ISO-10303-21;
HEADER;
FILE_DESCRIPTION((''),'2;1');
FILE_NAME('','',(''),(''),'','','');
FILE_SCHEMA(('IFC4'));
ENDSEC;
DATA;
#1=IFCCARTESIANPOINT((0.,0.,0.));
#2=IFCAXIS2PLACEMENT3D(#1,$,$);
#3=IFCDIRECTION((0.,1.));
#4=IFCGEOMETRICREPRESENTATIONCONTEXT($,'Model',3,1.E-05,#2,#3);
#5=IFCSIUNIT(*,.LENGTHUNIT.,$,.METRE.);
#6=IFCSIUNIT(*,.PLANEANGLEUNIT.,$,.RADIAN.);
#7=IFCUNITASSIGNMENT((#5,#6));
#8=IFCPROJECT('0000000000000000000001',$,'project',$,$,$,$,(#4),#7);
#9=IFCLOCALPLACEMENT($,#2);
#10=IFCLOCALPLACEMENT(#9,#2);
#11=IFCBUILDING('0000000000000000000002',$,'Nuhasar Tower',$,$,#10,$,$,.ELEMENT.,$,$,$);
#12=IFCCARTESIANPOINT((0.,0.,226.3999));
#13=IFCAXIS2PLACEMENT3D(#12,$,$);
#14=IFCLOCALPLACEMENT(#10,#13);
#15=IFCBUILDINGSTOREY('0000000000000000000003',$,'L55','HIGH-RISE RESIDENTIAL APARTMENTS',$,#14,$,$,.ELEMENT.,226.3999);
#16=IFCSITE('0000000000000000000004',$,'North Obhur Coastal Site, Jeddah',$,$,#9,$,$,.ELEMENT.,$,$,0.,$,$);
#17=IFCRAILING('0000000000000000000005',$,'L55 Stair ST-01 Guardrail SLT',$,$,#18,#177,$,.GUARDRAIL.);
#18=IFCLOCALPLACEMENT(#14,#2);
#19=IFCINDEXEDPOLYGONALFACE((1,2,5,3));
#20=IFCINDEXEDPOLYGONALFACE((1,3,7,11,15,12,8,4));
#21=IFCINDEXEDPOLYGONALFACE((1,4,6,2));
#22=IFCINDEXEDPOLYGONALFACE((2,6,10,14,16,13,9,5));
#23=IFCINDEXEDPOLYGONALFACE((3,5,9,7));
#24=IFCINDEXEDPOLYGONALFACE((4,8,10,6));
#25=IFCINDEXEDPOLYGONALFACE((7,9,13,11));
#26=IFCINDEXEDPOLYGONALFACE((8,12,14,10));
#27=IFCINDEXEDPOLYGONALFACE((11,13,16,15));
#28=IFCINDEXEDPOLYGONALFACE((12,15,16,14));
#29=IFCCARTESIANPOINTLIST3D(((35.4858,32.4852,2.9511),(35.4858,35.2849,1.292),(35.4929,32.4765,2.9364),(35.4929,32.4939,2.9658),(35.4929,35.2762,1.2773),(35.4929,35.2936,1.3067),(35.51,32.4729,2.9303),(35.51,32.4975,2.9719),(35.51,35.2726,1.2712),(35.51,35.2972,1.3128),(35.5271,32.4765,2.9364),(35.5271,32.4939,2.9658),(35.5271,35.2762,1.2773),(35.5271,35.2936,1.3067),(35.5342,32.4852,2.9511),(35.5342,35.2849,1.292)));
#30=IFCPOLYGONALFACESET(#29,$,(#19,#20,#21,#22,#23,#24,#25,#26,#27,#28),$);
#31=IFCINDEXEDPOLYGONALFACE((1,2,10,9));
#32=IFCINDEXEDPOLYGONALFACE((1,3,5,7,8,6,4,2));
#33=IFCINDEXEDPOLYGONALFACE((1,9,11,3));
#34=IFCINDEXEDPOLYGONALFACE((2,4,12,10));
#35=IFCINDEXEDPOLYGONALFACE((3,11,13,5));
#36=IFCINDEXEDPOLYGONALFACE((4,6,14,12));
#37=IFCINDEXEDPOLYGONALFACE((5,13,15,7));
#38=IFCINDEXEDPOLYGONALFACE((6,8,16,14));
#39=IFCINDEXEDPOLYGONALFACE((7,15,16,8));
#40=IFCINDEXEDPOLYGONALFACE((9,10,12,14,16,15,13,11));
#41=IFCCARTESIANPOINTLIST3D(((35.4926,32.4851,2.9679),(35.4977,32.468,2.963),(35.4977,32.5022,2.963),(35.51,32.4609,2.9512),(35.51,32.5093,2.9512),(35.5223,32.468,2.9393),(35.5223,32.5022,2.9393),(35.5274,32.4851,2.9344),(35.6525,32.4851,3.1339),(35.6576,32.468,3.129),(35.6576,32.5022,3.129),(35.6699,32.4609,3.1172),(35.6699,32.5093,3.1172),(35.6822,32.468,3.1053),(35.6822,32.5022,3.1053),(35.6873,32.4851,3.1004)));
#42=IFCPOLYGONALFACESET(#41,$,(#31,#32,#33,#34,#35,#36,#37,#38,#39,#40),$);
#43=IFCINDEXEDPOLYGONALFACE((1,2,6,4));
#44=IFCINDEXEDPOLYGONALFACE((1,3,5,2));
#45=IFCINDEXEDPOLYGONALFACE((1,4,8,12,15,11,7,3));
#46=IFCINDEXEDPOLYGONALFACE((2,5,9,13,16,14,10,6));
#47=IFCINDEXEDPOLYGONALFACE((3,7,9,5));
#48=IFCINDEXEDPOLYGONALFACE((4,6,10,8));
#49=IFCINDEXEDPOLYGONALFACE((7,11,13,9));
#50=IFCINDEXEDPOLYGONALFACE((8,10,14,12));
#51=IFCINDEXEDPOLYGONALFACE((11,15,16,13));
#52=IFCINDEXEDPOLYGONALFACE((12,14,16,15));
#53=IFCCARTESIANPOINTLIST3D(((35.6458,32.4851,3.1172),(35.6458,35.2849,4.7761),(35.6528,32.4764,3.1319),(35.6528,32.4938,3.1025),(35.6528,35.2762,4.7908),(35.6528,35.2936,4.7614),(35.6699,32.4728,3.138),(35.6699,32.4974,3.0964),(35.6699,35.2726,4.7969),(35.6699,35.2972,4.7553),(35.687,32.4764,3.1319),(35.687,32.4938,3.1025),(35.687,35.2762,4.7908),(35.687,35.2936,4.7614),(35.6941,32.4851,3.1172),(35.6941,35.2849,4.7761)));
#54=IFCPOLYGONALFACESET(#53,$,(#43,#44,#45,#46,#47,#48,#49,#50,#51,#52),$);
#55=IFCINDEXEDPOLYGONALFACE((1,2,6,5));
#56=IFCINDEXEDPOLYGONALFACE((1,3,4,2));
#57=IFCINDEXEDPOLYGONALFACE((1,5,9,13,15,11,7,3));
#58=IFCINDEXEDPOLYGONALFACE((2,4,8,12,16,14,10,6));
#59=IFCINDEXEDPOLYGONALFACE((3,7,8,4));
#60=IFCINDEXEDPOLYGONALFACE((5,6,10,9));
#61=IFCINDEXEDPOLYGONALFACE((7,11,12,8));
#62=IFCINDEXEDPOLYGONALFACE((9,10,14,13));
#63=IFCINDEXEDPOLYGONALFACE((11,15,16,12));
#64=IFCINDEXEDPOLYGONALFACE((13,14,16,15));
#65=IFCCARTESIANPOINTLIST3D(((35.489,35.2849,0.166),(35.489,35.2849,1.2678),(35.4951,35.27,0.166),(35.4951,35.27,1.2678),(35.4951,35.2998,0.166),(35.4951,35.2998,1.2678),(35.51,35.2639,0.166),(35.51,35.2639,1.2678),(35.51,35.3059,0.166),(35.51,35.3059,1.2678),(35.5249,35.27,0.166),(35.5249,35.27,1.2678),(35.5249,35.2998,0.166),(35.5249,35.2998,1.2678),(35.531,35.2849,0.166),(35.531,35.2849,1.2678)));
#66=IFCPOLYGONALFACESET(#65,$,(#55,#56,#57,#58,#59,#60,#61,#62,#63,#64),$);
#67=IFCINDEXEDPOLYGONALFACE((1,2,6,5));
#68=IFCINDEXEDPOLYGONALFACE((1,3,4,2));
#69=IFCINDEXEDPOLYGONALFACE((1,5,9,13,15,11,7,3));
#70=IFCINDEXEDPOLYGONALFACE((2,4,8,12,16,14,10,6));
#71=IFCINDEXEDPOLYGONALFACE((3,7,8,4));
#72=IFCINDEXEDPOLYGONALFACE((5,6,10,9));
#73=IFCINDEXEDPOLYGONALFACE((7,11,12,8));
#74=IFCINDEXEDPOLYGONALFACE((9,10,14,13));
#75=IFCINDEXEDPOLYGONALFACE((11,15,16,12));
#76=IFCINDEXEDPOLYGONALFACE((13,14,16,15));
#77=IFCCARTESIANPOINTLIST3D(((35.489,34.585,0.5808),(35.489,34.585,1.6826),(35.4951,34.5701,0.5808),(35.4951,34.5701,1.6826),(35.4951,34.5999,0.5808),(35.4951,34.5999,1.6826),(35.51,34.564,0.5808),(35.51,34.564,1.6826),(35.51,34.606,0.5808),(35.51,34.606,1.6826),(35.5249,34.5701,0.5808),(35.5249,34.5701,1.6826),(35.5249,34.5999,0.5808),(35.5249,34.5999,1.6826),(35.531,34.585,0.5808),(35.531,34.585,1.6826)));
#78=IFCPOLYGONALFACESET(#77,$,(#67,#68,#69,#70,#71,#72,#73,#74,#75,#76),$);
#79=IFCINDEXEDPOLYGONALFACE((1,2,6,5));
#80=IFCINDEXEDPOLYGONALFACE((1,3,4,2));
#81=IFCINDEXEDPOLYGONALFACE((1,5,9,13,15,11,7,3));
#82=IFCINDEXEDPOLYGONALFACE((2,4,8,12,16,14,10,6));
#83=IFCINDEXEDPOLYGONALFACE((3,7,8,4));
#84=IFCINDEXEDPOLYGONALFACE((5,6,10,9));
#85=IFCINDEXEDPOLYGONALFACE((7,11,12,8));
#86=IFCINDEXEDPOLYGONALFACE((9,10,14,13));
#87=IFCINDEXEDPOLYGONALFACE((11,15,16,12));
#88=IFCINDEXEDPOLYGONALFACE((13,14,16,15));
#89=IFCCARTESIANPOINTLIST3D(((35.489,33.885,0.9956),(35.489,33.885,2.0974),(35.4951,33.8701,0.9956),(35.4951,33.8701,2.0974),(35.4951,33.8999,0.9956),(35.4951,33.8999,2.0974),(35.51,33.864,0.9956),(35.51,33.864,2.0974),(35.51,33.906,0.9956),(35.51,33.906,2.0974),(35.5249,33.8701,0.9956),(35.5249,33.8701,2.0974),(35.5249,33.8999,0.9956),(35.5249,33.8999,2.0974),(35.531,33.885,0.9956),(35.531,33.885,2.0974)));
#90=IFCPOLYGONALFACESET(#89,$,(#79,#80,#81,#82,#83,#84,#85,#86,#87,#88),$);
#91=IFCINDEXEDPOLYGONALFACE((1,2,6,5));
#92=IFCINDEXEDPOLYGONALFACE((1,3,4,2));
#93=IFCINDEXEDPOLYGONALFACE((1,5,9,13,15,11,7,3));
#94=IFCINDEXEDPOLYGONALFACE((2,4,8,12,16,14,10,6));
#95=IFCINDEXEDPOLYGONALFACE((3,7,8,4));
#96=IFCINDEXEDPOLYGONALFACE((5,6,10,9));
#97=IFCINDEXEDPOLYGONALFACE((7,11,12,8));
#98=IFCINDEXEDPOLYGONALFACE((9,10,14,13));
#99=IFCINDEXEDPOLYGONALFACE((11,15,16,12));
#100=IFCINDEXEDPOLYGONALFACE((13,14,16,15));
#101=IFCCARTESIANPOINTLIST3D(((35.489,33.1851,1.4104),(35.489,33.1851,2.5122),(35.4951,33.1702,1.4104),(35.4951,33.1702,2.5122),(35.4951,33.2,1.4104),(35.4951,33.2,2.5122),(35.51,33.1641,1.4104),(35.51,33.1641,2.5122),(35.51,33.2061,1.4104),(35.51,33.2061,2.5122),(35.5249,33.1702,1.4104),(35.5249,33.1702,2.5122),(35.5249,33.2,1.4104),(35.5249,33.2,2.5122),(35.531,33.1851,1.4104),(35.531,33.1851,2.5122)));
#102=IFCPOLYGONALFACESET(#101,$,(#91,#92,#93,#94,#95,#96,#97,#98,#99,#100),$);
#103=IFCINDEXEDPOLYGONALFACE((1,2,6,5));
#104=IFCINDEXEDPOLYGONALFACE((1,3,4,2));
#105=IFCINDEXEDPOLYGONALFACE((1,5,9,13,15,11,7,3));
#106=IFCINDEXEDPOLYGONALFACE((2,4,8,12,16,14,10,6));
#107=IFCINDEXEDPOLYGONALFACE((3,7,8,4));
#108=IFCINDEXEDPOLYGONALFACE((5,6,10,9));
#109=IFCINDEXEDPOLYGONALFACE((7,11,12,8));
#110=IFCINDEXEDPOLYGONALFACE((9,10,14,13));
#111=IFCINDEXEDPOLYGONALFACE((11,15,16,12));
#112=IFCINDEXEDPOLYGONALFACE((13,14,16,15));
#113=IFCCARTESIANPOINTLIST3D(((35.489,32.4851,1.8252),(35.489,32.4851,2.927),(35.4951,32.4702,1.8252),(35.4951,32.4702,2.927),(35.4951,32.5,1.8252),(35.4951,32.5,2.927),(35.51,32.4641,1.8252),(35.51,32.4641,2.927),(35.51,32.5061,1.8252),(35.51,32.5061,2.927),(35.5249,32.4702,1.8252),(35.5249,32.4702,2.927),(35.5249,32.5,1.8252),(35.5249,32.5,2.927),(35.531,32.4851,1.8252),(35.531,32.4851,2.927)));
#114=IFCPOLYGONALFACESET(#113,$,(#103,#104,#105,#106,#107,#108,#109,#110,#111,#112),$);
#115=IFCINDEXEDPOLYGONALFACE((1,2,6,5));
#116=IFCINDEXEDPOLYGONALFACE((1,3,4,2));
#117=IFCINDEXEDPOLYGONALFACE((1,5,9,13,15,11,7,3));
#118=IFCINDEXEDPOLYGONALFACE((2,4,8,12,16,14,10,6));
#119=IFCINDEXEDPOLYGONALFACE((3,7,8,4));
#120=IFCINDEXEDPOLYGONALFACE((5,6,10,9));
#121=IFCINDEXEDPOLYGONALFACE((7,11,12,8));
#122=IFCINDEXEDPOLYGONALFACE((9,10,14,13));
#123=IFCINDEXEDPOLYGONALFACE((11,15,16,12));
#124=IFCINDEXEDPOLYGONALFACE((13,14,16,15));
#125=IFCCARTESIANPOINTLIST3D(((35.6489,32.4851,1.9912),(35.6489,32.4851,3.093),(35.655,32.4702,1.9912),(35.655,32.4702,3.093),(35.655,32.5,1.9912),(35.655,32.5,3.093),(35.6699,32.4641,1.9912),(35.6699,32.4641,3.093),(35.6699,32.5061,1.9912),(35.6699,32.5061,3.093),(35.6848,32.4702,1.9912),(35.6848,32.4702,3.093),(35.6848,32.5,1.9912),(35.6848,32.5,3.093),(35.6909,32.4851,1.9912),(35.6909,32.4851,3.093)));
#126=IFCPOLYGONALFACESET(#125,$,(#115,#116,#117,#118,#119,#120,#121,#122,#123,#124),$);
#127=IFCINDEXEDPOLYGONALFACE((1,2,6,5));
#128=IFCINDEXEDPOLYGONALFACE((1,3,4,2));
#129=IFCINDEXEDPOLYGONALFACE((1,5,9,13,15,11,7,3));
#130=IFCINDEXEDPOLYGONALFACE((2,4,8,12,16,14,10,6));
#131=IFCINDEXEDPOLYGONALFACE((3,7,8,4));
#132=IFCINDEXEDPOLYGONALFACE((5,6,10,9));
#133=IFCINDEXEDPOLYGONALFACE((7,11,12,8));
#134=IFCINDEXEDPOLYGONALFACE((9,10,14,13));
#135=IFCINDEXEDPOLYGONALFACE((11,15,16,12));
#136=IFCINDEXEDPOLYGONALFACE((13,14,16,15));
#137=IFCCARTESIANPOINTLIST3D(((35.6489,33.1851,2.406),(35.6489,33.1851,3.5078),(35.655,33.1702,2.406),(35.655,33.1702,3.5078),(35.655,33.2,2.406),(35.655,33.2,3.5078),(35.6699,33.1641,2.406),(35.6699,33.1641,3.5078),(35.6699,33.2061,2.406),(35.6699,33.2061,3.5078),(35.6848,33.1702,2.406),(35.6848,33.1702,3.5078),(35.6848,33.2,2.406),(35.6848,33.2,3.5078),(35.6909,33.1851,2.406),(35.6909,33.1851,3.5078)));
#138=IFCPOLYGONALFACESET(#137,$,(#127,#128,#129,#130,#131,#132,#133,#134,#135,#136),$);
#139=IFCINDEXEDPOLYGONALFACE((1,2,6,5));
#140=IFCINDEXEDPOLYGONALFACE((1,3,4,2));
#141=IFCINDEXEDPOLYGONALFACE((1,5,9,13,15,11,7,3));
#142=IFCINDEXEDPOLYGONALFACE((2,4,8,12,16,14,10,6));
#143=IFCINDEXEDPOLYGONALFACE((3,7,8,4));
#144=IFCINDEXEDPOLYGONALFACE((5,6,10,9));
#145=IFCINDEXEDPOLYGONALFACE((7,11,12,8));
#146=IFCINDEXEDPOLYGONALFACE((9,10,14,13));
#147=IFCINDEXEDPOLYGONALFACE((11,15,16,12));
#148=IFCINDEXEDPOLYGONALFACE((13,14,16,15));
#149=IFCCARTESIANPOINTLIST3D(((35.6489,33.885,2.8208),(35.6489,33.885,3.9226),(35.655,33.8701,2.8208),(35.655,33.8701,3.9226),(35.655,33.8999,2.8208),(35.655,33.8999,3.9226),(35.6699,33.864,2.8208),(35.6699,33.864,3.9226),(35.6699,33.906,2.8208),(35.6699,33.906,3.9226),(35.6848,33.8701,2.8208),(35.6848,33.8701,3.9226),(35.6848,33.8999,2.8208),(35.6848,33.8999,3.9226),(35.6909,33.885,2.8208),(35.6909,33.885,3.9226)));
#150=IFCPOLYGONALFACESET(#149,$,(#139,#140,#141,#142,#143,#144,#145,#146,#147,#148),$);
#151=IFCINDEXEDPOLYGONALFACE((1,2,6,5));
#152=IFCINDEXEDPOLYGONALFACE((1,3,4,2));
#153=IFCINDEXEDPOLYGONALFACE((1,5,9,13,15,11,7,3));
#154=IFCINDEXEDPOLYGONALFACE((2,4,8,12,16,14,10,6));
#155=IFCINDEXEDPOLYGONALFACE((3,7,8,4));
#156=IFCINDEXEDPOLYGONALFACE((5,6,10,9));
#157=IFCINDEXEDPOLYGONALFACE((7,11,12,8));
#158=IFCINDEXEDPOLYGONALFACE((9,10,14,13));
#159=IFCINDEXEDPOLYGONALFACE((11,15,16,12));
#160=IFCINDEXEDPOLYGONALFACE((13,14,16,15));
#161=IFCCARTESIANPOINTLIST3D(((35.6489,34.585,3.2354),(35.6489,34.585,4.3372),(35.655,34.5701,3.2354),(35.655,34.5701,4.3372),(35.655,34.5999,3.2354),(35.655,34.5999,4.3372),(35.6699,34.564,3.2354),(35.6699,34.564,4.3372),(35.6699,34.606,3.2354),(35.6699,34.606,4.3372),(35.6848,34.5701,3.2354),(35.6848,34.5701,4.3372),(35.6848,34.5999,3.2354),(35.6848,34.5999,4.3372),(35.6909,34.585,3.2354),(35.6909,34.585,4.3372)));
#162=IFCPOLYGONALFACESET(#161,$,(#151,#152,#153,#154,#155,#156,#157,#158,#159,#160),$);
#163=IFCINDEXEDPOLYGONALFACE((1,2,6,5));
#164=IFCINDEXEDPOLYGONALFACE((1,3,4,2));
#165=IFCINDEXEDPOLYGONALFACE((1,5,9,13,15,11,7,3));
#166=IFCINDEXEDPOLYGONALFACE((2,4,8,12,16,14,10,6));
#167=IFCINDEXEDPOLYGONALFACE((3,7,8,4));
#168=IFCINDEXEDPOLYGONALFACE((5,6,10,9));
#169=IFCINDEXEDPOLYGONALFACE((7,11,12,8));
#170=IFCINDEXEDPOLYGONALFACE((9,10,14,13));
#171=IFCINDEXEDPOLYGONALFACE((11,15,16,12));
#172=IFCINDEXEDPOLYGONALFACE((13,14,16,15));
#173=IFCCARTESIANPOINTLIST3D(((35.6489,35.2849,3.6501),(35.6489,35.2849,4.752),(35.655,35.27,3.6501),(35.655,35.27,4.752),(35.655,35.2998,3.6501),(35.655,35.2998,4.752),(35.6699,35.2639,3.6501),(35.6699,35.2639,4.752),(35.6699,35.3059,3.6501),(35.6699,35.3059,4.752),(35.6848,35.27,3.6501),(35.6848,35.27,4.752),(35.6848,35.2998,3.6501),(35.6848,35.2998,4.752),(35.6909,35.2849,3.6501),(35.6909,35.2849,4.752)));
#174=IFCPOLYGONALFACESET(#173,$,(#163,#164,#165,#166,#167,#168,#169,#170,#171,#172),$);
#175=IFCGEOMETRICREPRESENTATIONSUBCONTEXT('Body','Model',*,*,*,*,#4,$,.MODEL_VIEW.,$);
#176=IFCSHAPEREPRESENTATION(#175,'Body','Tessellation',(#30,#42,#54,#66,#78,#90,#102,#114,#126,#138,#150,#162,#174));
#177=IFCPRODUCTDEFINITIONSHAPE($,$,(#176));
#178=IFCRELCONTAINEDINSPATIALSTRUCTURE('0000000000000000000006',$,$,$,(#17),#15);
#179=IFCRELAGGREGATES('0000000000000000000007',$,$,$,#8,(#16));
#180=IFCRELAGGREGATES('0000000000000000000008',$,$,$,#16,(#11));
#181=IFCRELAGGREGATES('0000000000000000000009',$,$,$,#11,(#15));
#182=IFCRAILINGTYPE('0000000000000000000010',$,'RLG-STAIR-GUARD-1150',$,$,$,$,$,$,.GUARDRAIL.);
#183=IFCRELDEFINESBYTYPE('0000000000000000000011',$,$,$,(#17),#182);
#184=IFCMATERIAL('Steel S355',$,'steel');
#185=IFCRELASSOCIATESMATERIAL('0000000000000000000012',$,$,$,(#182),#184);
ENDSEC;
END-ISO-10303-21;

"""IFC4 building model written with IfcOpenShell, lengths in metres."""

from ifc_helpers import new_model, si_unit, direction, frame, origin, place, context, subcontext, project, spatial, polyline, outline, extrude, material, type_object, element, save


model = new_model("IFC4")

# Units and contexts
model_context = context("Model", 3, precision=1e-05, world=origin(), true_north=direction((0.0, 1.0)))
body_context = subcontext(model_context, "Body", "Model", "MODEL_VIEW")
ifc_project = project(units=[si_unit("LENGTHUNIT", "METRE"), si_unit("PLANEANGLEUNIT", "RADIAN")], contexts=[model_context])

# Site, building, storey
site_placement = place(None, origin())
site = spatial("IfcSite", under=ifc_project, at=site_placement, Name="North Obhur Coastal Site, Jeddah", CompositionType="ELEMENT", RefElevation=0.0)
building_placement = place(site_placement, origin())
building = spatial("IfcBuilding", under=site, at=building_placement, Name="Nuhasar Tower", CompositionType="ELEMENT")
storey_placement = place(building_placement, frame((0.0, 0.0, 226.3999)))
storey = spatial("IfcBuildingStorey", under=building, at=storey_placement, Name="L55", Description="HIGH-RISE RESIDENTIAL APARTMENTS", CompositionType="ELEMENT", Elevation=226.3999)

# Shared definitions
ifc_material_1 = material(Name="Steel S355", Category="steel")

# Railing
railing_type_1 = type_object("IfcRailingType", Name="RLG-STAIR-GUARD-1150", PredefinedType="GUARDRAIL", material=ifc_material_1)
railing_1_placement = place(storey_placement, frame((35.51, 35.2849, 0.166)))
element("IfcRailing", 1, at=railing_1_placement, inside=storey, type_object=railing_type_1, Name="L55 Stair ST-01 Guardrail SLT", PredefinedType="GUARDRAIL", context=body_context, shape_type="SweptSolid", body=[
    extrude(outline(polyline([(0.0242, 0.0), (0.0171, 0.0171), (0.0, 0.0242), (-0.0171, 0.0171), (-0.0242, 0.0), (-0.0171, -0.0171), (0.0, -0.0242), (0.0171, -0.0171), (0.0242, 0.0)])), frame((0.0, 0.0, 1.126), z_axis=(0.0, -0.860287, 0.509811), x_axis=(1.0, 0.0, 0.0)), (0.0, 0.0, 1.0), 3.2544),
    extrude(outline(polyline([(0.0242, 0.0), (0.0171, 0.0171), (0.0, 0.0242), (-0.0171, 0.0171), (-0.0242, 0.0), (-0.0171, -0.0171), (0.0, -0.0242), (0.0171, -0.0171), (0.0242, 0.0)])), frame((0.0, -2.7998, 2.7852), z_axis=(0.693743, 0.0, 0.720222), x_axis=(0.0, 1.0, 0.0)), (0.0, 0.0, 1.0), 0.2305),
    extrude(outline(polyline([(0.0242, 0.0), (0.0171, 0.0171), (0.0, 0.0242), (-0.0171, 0.0171), (-0.0242, 0.0), (-0.0171, -0.0171), (0.0, -0.0242), (0.0171, -0.0171), (0.0242, 0.0)])), frame((0.1599, -2.7998, 2.9512), z_axis=(0.0, 0.86032, 0.509755), x_axis=(-1.0, 0.0, 0.0)), (0.0, 0.0, 1.0), 3.2544),
    extrude(outline(polyline([(0.021, 0.0), (0.0149, 0.0149), (0.0, 0.021), (-0.0149, 0.0149), (-0.021, 0.0), (-0.0149, -0.0149), (0.0, -0.021), (0.0149, -0.0149), (0.021, 0.0)])), origin(), (0.0, 0.0, 1.0), 1.1018),
    extrude(outline(polyline([(0.021, 0.0), (0.0149, 0.0149), (0.0, 0.021), (-0.0149, 0.0149), (-0.021, 0.0), (-0.0149, -0.0149), (0.0, -0.021), (0.0149, -0.0149), (0.021, 0.0)])), frame((0.0, -0.7, 0.4148)), (0.0, 0.0, 1.0), 1.1018),
    extrude(outline(polyline([(0.021, 0.0), (0.0149, 0.0149), (0.0, 0.021), (-0.0149, 0.0149), (-0.021, 0.0), (-0.0149, -0.0149), (0.0, -0.021), (0.0149, -0.0149), (0.021, 0.0)])), frame((0.0, -1.3999, 0.8296)), (0.0, 0.0, 1.0), 1.1018),
    extrude(outline(polyline([(0.021, 0.0), (0.0149, 0.0149), (0.0, 0.021), (-0.0149, 0.0149), (-0.021, 0.0), (-0.0149, -0.0149), (0.0, -0.021), (0.0149, -0.0149), (0.021, 0.0)])), frame((0.0, -2.0999, 1.2444)), (0.0, 0.0, 1.0), 1.1018),
    extrude(outline(polyline([(0.021, 0.0), (0.0149, 0.0149), (0.0, 0.021), (-0.0149, 0.0149), (-0.021, 0.0), (-0.0149, -0.0149), (0.0, -0.021), (0.0149, -0.0149), (0.021, 0.0)])), frame((0.0, -2.7998, 1.6592)), (0.0, 0.0, 1.0), 1.1018),
    extrude(outline(polyline([(0.021, 0.0), (0.0149, 0.0149), (0.0, 0.021), (-0.0149, 0.0149), (-0.021, 0.0), (-0.0149, -0.0149), (0.0, -0.021), (0.0149, -0.0149), (0.021, 0.0)])), frame((0.1599, -2.7998, 1.8252)), (0.0, 0.0, 1.0), 1.1018),
    extrude(outline(polyline([(0.021, 0.0), (0.0149, 0.0149), (0.0, 0.021), (-0.0149, 0.0149), (-0.021, 0.0), (-0.0149, -0.0149), (0.0, -0.021), (0.0149, -0.0149), (0.021, 0.0)])), frame((0.1599, -2.0999, 2.24)), (0.0, 0.0, 1.0), 1.1018),
    extrude(outline(polyline([(0.021, 0.0), (0.0149, 0.0149), (0.0, 0.021), (-0.0149, 0.0149), (-0.021, 0.0), (-0.0149, -0.0149), (0.0, -0.021), (0.0149, -0.0149), (0.021, 0.0)])), frame((0.1599, -1.3999, 2.6548)), (0.0, 0.0, 1.0), 1.1018),
    extrude(outline(polyline([(0.021, 0.0), (0.0149, 0.0149), (0.0, 0.021), (-0.0149, 0.0149), (-0.021, 0.0), (-0.0149, -0.0149), (0.0, -0.021), (0.0149, -0.0149), (0.021, 0.0)])), frame((0.1599, -0.7, 3.0693)), (0.0, 0.0, 1.0), 1.1018),
    extrude(outline(polyline([(0.021, 0.0), (0.0149, 0.0149), (0.0, 0.021), (-0.0149, 0.0149), (-0.021, 0.0), (-0.0149, -0.0149), (0.0, -0.021), (0.0149, -0.0149), (0.021, 0.0)])), frame((0.1599, 0.0, 3.4841)), (0.0, 0.0, 1.0), 1.1018),
])

save(model, "model.ifc")
